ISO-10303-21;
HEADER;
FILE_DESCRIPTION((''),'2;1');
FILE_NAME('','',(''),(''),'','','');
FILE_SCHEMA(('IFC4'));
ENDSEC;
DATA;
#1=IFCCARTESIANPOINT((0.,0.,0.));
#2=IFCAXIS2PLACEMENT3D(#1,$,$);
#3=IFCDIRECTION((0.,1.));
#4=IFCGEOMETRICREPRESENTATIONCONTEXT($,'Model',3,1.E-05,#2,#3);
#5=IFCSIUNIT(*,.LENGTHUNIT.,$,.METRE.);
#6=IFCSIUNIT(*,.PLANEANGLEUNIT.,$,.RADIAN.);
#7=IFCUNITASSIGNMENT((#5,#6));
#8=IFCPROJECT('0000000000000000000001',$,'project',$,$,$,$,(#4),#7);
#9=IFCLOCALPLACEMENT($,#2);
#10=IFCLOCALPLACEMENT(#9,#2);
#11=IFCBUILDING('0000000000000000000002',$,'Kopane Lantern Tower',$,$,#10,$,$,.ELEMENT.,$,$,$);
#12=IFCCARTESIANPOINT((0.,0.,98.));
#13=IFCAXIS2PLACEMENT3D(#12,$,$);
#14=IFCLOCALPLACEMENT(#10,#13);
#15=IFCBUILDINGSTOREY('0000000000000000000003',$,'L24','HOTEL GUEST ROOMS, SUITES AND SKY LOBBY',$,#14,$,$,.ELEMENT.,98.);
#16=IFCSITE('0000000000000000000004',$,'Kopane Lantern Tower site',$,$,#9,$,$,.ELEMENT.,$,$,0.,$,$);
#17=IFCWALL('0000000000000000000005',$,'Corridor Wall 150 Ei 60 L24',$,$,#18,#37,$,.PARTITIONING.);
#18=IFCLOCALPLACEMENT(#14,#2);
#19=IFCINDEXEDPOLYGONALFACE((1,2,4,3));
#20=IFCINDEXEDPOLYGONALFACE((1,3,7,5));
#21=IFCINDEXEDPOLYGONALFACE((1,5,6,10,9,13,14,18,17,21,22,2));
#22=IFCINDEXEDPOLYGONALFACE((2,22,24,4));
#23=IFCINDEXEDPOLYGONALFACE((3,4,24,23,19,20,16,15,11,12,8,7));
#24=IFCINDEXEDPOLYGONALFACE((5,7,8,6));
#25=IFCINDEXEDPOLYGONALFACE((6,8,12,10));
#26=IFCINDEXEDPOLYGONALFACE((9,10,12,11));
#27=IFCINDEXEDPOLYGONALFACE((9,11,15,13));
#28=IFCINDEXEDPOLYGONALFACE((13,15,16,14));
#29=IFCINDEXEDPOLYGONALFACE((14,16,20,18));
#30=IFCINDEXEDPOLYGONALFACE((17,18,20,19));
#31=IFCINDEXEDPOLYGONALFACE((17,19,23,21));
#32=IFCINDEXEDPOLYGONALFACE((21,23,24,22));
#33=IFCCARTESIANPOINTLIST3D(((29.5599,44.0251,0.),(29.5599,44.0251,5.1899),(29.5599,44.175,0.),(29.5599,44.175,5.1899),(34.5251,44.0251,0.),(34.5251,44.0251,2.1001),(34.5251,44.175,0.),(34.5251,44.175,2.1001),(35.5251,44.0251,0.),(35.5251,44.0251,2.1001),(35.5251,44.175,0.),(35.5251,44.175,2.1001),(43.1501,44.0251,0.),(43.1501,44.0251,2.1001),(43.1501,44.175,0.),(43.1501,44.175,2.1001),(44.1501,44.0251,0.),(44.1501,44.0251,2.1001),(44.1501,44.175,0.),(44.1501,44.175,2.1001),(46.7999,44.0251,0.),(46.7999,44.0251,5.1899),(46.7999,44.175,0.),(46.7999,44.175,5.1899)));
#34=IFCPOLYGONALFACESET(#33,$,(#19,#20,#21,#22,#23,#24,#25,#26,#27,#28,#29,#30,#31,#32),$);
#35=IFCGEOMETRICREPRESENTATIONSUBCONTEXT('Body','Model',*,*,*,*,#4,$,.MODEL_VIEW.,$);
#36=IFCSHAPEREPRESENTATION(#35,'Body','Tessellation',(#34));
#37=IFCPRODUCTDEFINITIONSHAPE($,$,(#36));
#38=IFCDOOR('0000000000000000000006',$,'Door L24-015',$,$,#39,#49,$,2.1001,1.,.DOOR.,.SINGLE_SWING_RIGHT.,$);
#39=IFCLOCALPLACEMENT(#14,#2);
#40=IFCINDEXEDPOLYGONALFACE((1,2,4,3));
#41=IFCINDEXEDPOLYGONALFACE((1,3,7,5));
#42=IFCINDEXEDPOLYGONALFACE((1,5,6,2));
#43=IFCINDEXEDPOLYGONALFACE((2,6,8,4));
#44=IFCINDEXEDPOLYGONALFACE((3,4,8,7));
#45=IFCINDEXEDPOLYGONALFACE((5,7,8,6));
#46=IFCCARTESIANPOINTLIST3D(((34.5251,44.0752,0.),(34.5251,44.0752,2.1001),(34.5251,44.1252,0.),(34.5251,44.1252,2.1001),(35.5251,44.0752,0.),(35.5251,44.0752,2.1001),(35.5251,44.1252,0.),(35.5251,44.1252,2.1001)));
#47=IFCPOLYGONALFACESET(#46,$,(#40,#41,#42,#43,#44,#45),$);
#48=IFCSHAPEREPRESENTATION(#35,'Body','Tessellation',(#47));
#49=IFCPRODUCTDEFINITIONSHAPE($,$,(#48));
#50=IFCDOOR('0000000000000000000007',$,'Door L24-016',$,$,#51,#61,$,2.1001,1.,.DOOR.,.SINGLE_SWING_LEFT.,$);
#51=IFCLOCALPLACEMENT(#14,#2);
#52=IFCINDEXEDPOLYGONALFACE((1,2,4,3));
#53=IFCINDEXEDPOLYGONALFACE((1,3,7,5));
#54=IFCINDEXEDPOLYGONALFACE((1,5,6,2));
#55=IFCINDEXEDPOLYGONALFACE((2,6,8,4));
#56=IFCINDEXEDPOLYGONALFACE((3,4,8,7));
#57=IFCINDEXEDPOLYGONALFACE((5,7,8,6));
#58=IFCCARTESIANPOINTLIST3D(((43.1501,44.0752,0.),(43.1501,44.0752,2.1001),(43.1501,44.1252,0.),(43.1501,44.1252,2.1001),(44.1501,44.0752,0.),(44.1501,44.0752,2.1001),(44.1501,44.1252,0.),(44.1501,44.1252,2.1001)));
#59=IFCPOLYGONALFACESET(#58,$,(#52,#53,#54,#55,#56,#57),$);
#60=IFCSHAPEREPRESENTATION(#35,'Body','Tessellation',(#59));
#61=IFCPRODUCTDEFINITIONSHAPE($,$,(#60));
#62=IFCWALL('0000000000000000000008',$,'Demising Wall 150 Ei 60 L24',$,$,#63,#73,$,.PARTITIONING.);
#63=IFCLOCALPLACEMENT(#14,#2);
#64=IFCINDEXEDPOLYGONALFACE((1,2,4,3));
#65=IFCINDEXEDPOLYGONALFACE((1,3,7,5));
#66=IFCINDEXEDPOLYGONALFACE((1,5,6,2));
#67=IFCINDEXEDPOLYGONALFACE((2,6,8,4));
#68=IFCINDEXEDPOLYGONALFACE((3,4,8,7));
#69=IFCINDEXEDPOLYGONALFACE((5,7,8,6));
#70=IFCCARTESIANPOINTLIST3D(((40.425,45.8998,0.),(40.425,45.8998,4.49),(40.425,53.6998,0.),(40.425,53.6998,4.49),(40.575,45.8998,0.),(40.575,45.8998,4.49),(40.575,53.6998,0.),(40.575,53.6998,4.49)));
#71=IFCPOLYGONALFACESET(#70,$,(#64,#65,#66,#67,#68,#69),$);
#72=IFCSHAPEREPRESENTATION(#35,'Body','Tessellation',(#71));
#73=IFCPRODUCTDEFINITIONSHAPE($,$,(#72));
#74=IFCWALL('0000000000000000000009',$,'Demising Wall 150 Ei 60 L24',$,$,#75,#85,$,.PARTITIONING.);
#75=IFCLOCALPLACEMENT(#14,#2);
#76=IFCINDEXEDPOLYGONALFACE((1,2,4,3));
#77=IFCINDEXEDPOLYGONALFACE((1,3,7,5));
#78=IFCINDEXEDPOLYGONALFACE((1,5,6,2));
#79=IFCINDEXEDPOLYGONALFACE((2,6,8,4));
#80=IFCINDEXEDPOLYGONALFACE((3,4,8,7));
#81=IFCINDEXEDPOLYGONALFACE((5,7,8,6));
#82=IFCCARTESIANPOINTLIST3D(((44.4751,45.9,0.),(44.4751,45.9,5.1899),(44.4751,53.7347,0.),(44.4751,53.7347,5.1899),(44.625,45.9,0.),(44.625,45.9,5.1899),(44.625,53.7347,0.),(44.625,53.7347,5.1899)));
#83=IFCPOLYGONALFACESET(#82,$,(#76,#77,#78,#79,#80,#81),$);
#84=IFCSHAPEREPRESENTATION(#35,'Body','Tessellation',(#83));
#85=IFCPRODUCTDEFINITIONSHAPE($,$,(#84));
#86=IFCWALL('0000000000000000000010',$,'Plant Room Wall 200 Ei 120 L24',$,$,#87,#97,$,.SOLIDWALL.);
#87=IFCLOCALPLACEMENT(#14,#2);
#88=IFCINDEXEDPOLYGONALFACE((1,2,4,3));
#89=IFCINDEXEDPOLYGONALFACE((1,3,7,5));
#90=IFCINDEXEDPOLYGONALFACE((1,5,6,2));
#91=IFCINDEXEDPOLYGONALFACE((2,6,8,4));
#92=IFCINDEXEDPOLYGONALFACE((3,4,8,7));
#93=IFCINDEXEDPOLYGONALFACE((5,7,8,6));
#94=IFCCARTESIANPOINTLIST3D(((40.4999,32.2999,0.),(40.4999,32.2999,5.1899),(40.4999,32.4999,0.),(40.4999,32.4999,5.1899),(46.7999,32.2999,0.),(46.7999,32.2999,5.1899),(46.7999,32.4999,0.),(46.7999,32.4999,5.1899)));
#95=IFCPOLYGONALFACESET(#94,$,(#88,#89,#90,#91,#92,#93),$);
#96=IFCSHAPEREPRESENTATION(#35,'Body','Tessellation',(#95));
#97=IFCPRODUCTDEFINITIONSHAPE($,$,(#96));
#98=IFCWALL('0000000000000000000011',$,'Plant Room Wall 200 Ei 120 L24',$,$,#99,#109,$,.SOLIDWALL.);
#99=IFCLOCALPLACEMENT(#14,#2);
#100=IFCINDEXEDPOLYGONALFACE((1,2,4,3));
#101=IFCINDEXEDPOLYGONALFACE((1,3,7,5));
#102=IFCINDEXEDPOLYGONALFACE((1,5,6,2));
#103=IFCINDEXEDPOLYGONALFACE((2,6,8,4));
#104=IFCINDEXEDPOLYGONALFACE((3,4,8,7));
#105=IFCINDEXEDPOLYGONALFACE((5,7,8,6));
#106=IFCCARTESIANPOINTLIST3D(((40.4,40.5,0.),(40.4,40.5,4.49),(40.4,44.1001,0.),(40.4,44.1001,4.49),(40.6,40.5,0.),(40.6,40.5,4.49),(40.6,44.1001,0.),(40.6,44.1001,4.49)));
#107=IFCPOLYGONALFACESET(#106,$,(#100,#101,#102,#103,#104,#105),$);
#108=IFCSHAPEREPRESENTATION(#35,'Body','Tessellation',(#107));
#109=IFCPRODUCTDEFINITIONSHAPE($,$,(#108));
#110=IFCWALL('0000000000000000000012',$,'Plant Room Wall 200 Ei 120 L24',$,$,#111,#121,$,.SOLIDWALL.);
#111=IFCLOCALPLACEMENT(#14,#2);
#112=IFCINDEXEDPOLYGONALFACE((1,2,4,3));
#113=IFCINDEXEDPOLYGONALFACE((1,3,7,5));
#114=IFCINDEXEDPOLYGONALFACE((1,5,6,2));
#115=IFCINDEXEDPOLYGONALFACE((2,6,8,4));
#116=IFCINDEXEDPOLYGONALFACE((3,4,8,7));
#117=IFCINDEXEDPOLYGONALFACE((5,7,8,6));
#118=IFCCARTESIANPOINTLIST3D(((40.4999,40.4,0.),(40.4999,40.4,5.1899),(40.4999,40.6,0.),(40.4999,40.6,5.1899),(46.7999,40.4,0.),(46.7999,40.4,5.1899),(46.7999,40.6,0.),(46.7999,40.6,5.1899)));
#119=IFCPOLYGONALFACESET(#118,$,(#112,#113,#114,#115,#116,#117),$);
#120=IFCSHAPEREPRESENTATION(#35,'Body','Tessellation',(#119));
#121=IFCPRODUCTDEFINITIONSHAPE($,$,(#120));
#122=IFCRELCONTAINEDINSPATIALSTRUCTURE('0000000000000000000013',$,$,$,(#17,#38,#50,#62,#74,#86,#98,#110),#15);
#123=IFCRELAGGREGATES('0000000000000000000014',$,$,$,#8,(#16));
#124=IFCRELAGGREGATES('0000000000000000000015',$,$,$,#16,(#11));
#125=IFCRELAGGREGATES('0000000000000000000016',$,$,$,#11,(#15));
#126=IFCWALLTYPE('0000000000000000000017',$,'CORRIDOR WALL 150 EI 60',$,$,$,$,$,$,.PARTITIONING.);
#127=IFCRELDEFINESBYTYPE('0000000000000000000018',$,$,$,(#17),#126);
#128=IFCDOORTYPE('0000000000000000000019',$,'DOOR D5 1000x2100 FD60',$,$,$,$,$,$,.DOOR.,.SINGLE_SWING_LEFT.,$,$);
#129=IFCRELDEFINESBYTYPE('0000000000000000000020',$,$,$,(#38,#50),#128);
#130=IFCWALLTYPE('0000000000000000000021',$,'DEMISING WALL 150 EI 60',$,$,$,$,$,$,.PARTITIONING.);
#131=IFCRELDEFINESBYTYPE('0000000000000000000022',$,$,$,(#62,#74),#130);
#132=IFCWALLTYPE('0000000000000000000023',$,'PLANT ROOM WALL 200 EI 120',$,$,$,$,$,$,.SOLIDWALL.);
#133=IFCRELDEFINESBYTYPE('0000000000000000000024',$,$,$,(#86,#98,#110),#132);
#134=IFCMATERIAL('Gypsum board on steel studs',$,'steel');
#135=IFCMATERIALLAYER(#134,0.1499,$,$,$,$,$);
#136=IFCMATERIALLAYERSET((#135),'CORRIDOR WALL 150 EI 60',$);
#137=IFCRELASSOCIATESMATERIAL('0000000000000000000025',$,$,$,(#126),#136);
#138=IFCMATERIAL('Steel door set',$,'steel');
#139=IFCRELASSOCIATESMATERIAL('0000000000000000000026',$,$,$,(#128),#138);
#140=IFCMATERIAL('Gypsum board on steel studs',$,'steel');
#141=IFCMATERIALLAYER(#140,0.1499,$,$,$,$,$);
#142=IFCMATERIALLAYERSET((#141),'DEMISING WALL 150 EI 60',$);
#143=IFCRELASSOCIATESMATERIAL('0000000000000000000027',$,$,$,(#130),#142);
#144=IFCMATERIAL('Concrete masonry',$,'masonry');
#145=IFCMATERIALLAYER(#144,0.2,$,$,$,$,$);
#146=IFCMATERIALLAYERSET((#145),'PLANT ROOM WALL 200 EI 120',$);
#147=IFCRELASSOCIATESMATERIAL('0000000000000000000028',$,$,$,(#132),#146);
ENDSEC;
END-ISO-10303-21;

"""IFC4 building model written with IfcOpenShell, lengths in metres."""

from ifc_helpers import new_model, si_unit, direction, frame, frame_2d, origin, place, context, subcontext, project, spatial, rectangle, extrude, material, layer, layer_set, type_object, element, fill, save


model = new_model("IFC4")

# Units and contexts
model_context = context("Model", 3, precision=1e-05, world=origin(), true_north=direction((0.0, 1.0)))
body_context = subcontext(model_context, "Body", "Model", "MODEL_VIEW")
ifc_project = project(units=[si_unit("LENGTHUNIT", "METRE"), si_unit("PLANEANGLEUNIT", "RADIAN")], contexts=[model_context])

# Site, building, storey
site_placement = place(None, origin())
site = spatial("IfcSite", under=ifc_project, at=site_placement, Name="Kopane Lantern Tower site", CompositionType="ELEMENT", RefElevation=0.0)
building_placement = place(site_placement, origin())
building = spatial("IfcBuilding", under=site, at=building_placement, Name="Kopane Lantern Tower", CompositionType="ELEMENT")
storey_placement = place(building_placement, frame((0.0, 0.0, 98.0)))
storey = spatial("IfcBuildingStorey", under=building, at=storey_placement, Name="L24", Description="HOTEL GUEST ROOMS, SUITES AND SKY LOBBY", CompositionType="ELEMENT", Elevation=98.0)

# Wall, openings, doors
ifc_material_1 = material(Name="Gypsum board on steel studs", Category="steel")
ifc_layer_1 = layer(ifc_material_1, 0.1499)
ifc_layer_set_1 = layer_set([ifc_layer_1], Name="CORRIDOR WALL 150 EI 60")
wall_type_1 = type_object("IfcWallType", Name="CORRIDOR WALL 150 EI 60", PredefinedType="PARTITIONING", material=ifc_layer_set_1)
wall_1_placement = place(storey_placement, frame((46.8, 44.1001, 0.0), z_axis=(0.0, 0.0, 1.0), x_axis=(-1.0, 0.0, 0.0)))
wall_1 = element("IfcWall", 1, at=wall_1_placement, inside=storey, type_object=wall_type_1, Name="Corridor Wall 150 Ei 60 L24", PredefinedType="PARTITIONING", context=body_context, shape_type="SweptSolid", body=[
    extrude(rectangle(XDim=17.24, YDim=0.1499, at=frame_2d((8.6201, 0.0))), origin(), (0.0, 0.0, 1.0), 5.1899),
])
opening_1_placement = place(wall_1_placement, frame((11.2749, 0.0, 0.0)))
opening_1 = element("IfcOpeningElement", 2, at=opening_1_placement, cuts=wall_1, PredefinedType="OPENING", context=body_context, shape_type="SweptSolid", body=[
    extrude(rectangle(XDim=1.0, YDim=2.1001, at=frame_2d((0.5, 1.05))), frame((0.0, 0.085, 0.0), z_axis=(0.0, -1.0, 0.0), x_axis=(1.0, 0.0, 0.0)), (0.0, 0.0, 1.0), 0.1699),
])
opening_2_placement = place(wall_1_placement, frame((2.6499, 0.0, 0.0)))
opening_2 = element("IfcOpeningElement", 3, at=opening_2_placement, cuts=wall_1, PredefinedType="OPENING", context=body_context, shape_type="SweptSolid", body=[
    extrude(rectangle(XDim=1.0, YDim=2.1001, at=frame_2d((0.5, 1.05))), frame((0.0, 0.085, 0.0), z_axis=(0.0, -1.0, 0.0), x_axis=(1.0, 0.0, 0.0)), (0.0, 0.0, 1.0), 0.1699),
])
ifc_material_2 = material(Name="Steel door set", Category="steel")
door_type_1 = type_object("IfcDoorType", Name="DOOR D5 1000x2100 FD60", OperationType="SINGLE_SWING_LEFT", PredefinedType="DOOR", material=ifc_material_2)
door_1_placement = place(opening_1_placement, origin())
door_1 = element("IfcDoor", 4, at=door_1_placement, inside=storey, type_object=door_type_1, Name="Door L24-015", OperationType="SINGLE_SWING_RIGHT", OverallHeight=2.1001, OverallWidth=1.0, PredefinedType="DOOR", context=body_context, shape_type="SweptSolid", body=[
    extrude(rectangle(XDim=1.0, YDim=2.1001, at=frame_2d((0.5, 1.05))), frame((0.0, 0.0249, 0.0), z_axis=(0.0, -1.0, 0.0), x_axis=(1.0, 0.0, 0.0)), (0.0, 0.0, 1.0), 0.05),
])
fill(opening_1, door_1)
door_2_placement = place(opening_2_placement, origin())
door_2 = element("IfcDoor", 5, at=door_2_placement, inside=storey, type_object=door_type_1, Name="Door L24-016", OperationType="SINGLE_SWING_LEFT", OverallHeight=2.1001, OverallWidth=1.0, PredefinedType="DOOR", context=body_context, shape_type="SweptSolid", body=[
    extrude(rectangle(XDim=1.0, YDim=2.1001, at=frame_2d((0.5, 1.05))), frame((0.0, 0.0249, 0.0), z_axis=(0.0, -1.0, 0.0), x_axis=(1.0, 0.0, 0.0)), (0.0, 0.0, 1.0), 0.05),
])
fill(opening_2, door_2)

# Walls
ifc_material_3 = material(Name="Gypsum board on steel studs", Category="steel")
ifc_layer_2 = layer(ifc_material_3, 0.1499)
ifc_layer_set_2 = layer_set([ifc_layer_2], Name="DEMISING WALL 150 EI 60")
wall_type_2 = type_object("IfcWallType", Name="DEMISING WALL 150 EI 60", PredefinedType="PARTITIONING", material=ifc_layer_set_2)
wall_2_placement = place(storey_placement, frame((40.5, 45.8999, 0.0), z_axis=(0.0, 0.0, 1.0), x_axis=(0.0, 1.0, 0.0)))
element("IfcWall", 6, at=wall_2_placement, inside=storey, type_object=wall_type_2, Name="Demising Wall 150 Ei 60 L24", PredefinedType="PARTITIONING", context=body_context, shape_type="SweptSolid", body=[
    extrude(rectangle(XDim=7.8, YDim=0.1499, at=frame_2d((3.8999, 0.0))), origin(), (0.0, 0.0, 1.0), 4.49),
])
wall_3_placement = place(storey_placement, frame((44.55, 45.8999, 0.0), z_axis=(0.0, 0.0, 1.0), x_axis=(0.0, 1.0, 0.0)))
element("IfcWall", 7, at=wall_3_placement, inside=storey, type_object=wall_type_2, Name="Demising Wall 150 Ei 60 L24", PredefinedType="PARTITIONING", context=body_context, shape_type="SweptSolid", body=[
    extrude(rectangle(XDim=7.8347, YDim=0.1499, at=frame_2d((3.9175, 0.0))), origin(), (0.0, 0.0, 1.0), 5.1899),
])
ifc_material_4 = material(Name="Concrete masonry", Category="masonry")
ifc_layer_3 = layer(ifc_material_4, 0.2)
ifc_layer_set_3 = layer_set([ifc_layer_3], Name="PLANT ROOM WALL 200 EI 120")
wall_type_3 = type_object("IfcWallType", Name="PLANT ROOM WALL 200 EI 120", PredefinedType="SOLIDWALL", material=ifc_layer_set_3)
wall_4_placement = place(storey_placement, frame((40.5, 32.3999, 0.0), z_axis=(0.0, 0.0, 1.0), x_axis=(1.0, 0.0, 0.0)))
element("IfcWall", 8, at=wall_4_placement, inside=storey, type_object=wall_type_3, Name="Plant Room Wall 200 Ei 120 L24", PredefinedType="SOLIDWALL", context=body_context, shape_type="SweptSolid", body=[
    extrude(rectangle(XDim=6.3, YDim=0.2, at=frame_2d((3.1499, 0.0))), origin(), (0.0, 0.0, 1.0), 5.1899),
])
wall_5_placement = place(storey_placement, frame((40.5, 40.5, 0.0), z_axis=(0.0, 0.0, 1.0), x_axis=(0.0, 1.0, 0.0)))
element("IfcWall", 9, at=wall_5_placement, inside=storey, type_object=wall_type_3, Name="Plant Room Wall 200 Ei 120 L24", PredefinedType="SOLIDWALL", context=body_context, shape_type="SweptSolid", body=[
    extrude(rectangle(XDim=3.6001, YDim=0.2, at=frame_2d((1.8, 0.0))), origin(), (0.0, 0.0, 1.0), 4.49),
])
wall_6_placement = place(storey_placement, frame((40.5, 40.5, 0.0), z_axis=(0.0, 0.0, 1.0), x_axis=(1.0, 0.0, 0.0)))
element("IfcWall", 10, at=wall_6_placement, inside=storey, type_object=wall_type_3, Name="Plant Room Wall 200 Ei 120 L24", PredefinedType="SOLIDWALL", context=body_context, shape_type="SweptSolid", body=[
    extrude(rectangle(XDim=6.3, YDim=0.2, at=frame_2d((3.1499, 0.0))), origin(), (0.0, 0.0, 1.0), 5.1899),
])

save(model, "model.ifc")
